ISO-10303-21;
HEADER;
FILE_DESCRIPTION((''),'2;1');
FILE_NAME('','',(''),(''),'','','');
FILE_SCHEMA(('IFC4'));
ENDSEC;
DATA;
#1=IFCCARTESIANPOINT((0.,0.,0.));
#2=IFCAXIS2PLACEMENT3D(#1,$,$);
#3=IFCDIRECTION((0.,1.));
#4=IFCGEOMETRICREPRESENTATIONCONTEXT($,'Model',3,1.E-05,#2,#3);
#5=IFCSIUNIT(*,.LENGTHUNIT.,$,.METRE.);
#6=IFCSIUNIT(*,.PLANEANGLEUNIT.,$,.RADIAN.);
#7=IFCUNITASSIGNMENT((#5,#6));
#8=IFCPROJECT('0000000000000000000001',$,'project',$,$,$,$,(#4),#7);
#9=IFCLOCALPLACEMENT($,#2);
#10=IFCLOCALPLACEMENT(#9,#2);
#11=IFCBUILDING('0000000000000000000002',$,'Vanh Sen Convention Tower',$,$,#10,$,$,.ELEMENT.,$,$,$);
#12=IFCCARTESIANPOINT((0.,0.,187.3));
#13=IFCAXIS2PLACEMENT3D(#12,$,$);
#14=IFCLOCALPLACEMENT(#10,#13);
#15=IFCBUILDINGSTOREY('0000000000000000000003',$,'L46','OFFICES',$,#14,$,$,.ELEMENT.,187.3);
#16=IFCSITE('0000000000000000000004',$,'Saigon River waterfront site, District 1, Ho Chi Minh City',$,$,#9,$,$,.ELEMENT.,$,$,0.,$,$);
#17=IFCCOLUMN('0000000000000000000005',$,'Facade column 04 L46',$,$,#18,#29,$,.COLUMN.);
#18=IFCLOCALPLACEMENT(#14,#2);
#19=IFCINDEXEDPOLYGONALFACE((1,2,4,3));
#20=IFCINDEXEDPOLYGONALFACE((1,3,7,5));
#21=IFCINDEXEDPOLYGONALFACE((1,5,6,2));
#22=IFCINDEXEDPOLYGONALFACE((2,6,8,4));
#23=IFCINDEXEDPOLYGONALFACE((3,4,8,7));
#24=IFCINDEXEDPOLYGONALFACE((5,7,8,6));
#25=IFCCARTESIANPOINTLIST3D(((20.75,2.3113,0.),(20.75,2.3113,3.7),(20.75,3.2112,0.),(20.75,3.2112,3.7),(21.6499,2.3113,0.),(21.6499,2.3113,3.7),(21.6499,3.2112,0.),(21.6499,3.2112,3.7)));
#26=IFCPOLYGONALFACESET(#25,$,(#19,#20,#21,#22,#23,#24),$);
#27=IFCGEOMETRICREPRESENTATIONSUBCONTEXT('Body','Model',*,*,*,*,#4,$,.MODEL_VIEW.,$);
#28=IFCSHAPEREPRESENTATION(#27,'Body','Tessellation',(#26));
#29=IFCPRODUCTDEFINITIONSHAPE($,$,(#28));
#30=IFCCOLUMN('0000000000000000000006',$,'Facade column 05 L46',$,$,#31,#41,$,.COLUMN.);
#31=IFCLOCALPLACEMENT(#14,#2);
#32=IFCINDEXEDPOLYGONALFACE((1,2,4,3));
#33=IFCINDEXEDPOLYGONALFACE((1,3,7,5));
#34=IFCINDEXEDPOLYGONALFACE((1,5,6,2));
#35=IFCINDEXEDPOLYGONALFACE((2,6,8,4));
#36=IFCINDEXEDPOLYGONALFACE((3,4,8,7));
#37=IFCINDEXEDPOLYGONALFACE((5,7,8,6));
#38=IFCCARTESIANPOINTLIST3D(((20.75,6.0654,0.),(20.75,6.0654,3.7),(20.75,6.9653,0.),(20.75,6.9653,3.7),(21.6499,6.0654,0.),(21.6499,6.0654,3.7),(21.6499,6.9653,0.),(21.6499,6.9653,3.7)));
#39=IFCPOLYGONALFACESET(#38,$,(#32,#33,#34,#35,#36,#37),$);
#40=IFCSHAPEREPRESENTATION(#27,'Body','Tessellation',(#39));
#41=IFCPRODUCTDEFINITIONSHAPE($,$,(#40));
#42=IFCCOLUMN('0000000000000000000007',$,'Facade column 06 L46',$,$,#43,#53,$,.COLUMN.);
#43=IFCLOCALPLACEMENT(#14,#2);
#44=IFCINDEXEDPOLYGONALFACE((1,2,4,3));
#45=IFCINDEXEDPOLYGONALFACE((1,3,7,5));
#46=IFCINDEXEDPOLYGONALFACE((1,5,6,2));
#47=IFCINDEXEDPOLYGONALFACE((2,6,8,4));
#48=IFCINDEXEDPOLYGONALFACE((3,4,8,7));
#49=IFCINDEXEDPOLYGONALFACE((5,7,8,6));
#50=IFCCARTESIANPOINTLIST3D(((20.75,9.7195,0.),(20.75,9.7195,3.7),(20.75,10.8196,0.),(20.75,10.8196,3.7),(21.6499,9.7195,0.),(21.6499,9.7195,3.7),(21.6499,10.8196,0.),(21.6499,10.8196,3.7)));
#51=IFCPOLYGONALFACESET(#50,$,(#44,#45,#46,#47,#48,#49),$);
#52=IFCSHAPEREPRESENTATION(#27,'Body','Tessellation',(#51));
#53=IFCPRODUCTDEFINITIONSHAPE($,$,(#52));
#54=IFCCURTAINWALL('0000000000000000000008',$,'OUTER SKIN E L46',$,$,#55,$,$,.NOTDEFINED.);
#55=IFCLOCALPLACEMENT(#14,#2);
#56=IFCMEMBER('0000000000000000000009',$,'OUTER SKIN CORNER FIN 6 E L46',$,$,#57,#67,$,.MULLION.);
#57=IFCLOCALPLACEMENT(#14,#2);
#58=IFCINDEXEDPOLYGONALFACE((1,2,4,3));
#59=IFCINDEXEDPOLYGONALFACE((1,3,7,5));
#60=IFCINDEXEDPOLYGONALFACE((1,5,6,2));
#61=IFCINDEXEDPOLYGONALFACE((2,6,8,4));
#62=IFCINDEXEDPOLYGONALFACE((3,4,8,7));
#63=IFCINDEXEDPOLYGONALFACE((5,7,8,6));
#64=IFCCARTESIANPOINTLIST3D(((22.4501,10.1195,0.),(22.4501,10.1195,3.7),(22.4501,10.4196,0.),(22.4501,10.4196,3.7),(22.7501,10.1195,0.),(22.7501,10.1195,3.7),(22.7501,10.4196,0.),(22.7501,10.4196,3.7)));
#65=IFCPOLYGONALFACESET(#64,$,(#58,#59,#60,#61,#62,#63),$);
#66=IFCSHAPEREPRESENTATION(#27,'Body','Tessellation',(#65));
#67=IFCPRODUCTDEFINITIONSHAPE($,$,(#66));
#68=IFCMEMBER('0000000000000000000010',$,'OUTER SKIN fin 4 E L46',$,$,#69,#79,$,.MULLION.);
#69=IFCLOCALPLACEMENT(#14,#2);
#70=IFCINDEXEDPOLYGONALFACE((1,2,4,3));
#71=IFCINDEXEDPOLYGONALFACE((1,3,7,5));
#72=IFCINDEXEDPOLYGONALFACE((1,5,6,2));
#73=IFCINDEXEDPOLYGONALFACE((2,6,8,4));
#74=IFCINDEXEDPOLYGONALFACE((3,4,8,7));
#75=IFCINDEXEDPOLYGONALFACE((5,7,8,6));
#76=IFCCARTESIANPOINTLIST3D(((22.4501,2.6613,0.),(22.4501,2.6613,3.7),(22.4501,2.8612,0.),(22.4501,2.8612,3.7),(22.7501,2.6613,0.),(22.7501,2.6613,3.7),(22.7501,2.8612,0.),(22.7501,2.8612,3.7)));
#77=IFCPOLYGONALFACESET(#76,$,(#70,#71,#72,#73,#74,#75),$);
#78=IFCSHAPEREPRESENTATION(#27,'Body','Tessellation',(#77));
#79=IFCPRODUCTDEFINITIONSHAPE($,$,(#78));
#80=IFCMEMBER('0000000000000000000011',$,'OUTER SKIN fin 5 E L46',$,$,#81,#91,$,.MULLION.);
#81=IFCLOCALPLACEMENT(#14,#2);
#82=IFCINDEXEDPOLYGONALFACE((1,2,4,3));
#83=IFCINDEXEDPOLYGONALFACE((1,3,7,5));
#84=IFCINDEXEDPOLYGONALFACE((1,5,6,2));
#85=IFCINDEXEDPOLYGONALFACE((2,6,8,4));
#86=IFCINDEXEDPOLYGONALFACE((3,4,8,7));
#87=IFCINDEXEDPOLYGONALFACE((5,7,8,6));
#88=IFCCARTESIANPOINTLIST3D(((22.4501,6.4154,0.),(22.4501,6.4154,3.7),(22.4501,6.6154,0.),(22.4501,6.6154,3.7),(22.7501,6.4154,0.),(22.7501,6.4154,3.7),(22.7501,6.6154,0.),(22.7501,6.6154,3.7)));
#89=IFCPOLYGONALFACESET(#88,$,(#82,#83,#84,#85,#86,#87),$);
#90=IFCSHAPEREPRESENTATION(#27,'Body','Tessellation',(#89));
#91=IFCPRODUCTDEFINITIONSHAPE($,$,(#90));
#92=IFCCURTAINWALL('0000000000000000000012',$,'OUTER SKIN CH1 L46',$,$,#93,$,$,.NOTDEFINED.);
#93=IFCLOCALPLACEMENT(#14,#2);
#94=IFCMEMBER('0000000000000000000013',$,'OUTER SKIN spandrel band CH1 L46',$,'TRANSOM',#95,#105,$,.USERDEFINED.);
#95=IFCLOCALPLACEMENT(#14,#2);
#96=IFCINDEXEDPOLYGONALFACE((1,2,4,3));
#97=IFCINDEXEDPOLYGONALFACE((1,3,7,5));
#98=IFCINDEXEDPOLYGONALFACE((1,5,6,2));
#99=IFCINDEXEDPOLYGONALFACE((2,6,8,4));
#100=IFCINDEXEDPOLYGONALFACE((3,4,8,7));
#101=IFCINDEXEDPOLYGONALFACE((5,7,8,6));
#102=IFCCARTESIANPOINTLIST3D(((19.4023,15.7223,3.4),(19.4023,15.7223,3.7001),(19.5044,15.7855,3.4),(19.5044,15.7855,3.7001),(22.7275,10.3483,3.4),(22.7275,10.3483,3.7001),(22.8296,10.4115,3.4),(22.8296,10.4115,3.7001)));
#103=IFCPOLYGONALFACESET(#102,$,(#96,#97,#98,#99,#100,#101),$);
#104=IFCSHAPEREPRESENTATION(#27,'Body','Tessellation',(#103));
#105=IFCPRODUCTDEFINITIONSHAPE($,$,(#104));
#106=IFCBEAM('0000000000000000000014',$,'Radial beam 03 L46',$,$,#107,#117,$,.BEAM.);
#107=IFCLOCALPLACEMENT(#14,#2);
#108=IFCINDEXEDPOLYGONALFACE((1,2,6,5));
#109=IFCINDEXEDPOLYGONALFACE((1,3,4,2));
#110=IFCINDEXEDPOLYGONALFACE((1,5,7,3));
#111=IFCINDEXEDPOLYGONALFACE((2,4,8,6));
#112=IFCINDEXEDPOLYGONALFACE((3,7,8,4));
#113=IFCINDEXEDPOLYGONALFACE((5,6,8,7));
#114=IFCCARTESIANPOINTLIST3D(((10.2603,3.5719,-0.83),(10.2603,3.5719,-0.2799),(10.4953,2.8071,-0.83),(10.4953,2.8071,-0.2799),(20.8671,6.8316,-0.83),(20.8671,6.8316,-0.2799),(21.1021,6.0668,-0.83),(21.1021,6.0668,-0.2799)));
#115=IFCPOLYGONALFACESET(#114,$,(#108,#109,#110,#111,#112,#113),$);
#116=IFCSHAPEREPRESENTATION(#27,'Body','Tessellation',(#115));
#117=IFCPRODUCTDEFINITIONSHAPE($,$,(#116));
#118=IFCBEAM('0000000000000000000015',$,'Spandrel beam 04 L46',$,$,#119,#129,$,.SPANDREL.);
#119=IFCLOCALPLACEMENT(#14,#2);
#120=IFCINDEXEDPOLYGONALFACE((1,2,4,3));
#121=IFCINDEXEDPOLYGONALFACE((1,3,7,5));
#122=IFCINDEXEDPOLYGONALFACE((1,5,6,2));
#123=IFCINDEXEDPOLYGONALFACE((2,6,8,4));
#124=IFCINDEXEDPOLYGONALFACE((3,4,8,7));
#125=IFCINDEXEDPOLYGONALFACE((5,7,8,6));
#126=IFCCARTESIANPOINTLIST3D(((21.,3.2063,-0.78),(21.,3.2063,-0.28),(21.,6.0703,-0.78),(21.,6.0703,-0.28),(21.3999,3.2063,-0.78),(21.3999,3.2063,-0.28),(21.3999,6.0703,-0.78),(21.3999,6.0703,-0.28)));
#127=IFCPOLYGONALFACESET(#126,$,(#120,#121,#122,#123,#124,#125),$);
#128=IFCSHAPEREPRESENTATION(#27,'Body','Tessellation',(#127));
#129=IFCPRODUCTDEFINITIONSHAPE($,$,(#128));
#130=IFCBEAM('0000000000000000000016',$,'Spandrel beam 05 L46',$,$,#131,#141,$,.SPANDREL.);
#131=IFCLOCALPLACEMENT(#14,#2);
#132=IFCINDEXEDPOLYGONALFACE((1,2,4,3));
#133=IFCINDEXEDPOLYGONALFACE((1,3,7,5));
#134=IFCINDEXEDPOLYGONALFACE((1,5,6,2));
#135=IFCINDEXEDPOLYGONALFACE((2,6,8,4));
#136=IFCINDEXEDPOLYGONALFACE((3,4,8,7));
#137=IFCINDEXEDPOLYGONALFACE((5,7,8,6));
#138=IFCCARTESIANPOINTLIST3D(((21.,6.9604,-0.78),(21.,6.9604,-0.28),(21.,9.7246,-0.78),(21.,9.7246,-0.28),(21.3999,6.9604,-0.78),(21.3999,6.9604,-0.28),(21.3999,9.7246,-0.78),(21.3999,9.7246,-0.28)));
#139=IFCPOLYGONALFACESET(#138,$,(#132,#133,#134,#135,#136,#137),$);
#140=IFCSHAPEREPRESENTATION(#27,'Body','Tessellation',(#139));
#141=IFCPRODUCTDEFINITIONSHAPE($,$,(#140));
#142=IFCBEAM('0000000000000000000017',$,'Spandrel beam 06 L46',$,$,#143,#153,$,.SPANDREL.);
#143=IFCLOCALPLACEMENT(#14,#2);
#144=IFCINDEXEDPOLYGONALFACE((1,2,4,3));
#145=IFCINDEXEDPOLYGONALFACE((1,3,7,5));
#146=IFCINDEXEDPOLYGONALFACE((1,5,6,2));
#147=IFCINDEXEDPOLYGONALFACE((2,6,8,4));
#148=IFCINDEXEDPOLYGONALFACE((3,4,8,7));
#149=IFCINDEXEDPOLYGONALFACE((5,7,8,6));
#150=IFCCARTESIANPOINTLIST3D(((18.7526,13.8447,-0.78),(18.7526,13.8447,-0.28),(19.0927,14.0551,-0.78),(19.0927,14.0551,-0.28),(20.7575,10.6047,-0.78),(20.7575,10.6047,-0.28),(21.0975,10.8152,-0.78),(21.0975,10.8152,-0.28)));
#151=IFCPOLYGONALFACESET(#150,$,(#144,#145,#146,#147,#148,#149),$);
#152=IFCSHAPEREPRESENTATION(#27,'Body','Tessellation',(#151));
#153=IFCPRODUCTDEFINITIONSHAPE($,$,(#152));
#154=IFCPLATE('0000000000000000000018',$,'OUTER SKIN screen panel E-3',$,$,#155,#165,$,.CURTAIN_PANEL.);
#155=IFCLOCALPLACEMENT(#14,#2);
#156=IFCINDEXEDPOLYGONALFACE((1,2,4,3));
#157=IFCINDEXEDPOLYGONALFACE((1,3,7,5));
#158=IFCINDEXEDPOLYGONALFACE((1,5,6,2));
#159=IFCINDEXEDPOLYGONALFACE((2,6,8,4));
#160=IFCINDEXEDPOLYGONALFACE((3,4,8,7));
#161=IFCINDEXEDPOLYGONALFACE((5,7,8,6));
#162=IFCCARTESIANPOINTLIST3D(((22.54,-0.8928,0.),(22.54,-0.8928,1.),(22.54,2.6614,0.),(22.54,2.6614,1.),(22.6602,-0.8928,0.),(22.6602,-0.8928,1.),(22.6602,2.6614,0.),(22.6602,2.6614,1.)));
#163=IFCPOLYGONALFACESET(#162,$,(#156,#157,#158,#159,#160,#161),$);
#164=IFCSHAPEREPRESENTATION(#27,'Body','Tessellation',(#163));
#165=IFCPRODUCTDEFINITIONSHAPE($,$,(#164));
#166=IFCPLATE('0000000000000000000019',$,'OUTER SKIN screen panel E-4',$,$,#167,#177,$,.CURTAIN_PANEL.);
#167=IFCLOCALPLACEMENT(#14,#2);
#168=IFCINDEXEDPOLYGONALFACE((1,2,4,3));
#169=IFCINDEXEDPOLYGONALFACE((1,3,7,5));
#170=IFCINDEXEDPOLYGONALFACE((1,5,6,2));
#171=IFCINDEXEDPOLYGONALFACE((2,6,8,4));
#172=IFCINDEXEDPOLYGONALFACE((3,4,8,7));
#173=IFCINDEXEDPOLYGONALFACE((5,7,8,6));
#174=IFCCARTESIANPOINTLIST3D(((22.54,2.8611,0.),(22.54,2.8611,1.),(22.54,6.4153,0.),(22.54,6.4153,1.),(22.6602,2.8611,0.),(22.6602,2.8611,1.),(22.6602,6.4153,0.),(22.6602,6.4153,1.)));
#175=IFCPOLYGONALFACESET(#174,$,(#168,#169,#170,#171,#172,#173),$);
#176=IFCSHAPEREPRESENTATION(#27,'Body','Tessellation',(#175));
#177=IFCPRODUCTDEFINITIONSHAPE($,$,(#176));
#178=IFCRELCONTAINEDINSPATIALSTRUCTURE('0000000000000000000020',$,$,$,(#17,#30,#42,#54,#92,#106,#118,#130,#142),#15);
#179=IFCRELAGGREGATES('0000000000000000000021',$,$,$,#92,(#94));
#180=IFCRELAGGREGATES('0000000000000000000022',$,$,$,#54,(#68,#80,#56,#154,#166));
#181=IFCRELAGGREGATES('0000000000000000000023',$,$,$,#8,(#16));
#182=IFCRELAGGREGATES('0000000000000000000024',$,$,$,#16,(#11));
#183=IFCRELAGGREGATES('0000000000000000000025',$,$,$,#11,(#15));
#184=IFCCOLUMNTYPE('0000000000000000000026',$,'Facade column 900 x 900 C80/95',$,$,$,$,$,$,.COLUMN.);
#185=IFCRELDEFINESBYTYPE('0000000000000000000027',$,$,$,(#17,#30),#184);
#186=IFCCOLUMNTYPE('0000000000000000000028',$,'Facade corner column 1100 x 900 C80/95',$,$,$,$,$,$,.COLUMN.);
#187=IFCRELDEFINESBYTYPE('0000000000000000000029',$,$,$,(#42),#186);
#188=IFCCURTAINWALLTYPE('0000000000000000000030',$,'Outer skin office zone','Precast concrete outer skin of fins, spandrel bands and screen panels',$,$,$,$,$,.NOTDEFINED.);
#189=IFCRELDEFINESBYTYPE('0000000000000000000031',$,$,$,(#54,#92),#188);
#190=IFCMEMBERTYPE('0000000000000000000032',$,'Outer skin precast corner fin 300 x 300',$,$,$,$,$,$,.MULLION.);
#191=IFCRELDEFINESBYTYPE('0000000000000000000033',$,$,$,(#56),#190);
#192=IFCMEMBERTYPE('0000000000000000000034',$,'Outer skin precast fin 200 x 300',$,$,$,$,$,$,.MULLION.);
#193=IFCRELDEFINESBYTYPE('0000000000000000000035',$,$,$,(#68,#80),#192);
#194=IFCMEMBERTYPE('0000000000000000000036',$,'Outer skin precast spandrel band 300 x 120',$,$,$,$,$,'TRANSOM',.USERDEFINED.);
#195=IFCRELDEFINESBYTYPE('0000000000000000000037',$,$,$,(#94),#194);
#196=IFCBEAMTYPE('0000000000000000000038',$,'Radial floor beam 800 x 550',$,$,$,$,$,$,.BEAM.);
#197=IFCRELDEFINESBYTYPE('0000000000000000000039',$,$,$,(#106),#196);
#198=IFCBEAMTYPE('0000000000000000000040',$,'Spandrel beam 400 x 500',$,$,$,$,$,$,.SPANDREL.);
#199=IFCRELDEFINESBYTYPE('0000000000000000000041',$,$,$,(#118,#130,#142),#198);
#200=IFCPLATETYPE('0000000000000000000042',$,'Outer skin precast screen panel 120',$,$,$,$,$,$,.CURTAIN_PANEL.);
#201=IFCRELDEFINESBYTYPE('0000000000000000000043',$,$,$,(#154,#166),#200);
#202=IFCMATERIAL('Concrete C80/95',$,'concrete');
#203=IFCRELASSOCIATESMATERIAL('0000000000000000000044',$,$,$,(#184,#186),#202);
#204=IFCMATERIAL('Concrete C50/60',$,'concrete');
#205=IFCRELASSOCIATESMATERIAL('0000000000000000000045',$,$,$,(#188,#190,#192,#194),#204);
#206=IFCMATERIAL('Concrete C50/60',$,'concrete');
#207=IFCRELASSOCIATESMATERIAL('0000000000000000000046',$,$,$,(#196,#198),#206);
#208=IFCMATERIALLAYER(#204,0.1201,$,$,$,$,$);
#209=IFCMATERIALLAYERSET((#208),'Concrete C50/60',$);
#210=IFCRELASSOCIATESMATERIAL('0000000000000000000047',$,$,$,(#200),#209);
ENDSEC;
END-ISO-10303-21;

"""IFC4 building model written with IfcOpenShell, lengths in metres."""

from ifc_helpers import new_model, si_unit, direction, frame, origin, origin_2d, place, context, subcontext, project, spatial, rectangle, extrude, material, layer, layer_set, material_profile, profile_set, type_object, element, aggregate, save


model = new_model("IFC4")

# Units and contexts
model_context = context("Model", 3, precision=1e-05, world=origin(), true_north=direction((0.0, 1.0)))
body_context = subcontext(model_context, "Body", "Model", "MODEL_VIEW")
ifc_project = project(units=[si_unit("LENGTHUNIT", "METRE"), si_unit("PLANEANGLEUNIT", "RADIAN")], contexts=[model_context])

# Site, building, storey
site_placement = place(None, origin())
site = spatial("IfcSite", under=ifc_project, at=site_placement, Name="Saigon River waterfront site, District 1, Ho Chi Minh City", CompositionType="ELEMENT", RefElevation=0.0)
building_placement = place(site_placement, origin())
building = spatial("IfcBuilding", under=site, at=building_placement, Name="Vanh Sen Convention Tower", CompositionType="ELEMENT")
storey_placement = place(building_placement, frame((0.0, 0.0, 187.3)))
storey = spatial("IfcBuildingStorey", under=building, at=storey_placement, Name="L46", Description="OFFICES", CompositionType="ELEMENT", Elevation=187.3)

# Columns
ifc_material_1 = material(Name="Concrete C80/95", Category="concrete")
ifc_material_profile_1 = material_profile(ifc_material_1, rectangle(XDim=0.8999, YDim=0.8999, at=origin_2d()), Name="RC 900X900")
ifc_profile_set_1 = profile_set([ifc_material_profile_1], Name="Concrete C80/95")
column_type_1 = type_object("IfcColumnType", Name="Facade column 900 x 900 C80/95", PredefinedType="COLUMN", material=ifc_profile_set_1)
for number, where, z_axis, x_axis, name in (
    (1, (21.2, 2.7612, 0.0), (0.0, 0.0, 1.0), (0.0, 1.0, 0.0), "Facade column 04 L46"),
    (2, (21.2, 6.5154, 0.0), (0.0, 0.0, 1.0), (0.0, 1.0, 0.0), "Facade column 05 L46"),
):
    element("IfcColumn", number, at=place(storey_placement, frame(where, z_axis=z_axis, x_axis=x_axis)), inside=storey, type_object=column_type_1, Name=name, PredefinedType="COLUMN", context=body_context, shape_type="SweptSolid", body=[
        extrude(rectangle(XDim=0.8999, YDim=0.8999, at=origin_2d()), origin(), (0.0, 0.0, 1.0), 3.7),
    ])
ifc_material_profile_2 = material_profile(ifc_material_1, rectangle(XDim=1.1001, YDim=0.8999, at=origin_2d()), Name="RC 1100X900")
ifc_profile_set_2 = profile_set([ifc_material_profile_2], Name="Concrete C80/95")
column_type_2 = type_object("IfcColumnType", Name="Facade corner column 1100 x 900 C80/95", PredefinedType="COLUMN", material=ifc_profile_set_2)
column_placement = place(storey_placement, frame((21.2, 10.2695, 0.0), z_axis=(0.0, 0.0, 1.0), x_axis=(0.0, 1.0, 0.0)))
element("IfcColumn", 3, at=column_placement, inside=storey, type_object=column_type_2, Name="Facade column 06 L46", PredefinedType="COLUMN", context=body_context, shape_type="SweptSolid", body=[
    extrude(rectangle(XDim=1.1001, YDim=0.8999, at=origin_2d()), origin(), (0.0, 0.0, 1.0), 3.7),
])

# Curtain wall, members
ifc_material_2 = material(Name="Concrete C50/60", Category="concrete")
curtain_wall_type = type_object("IfcCurtainWallType", Name="Outer skin office zone", Description="Precast concrete outer skin of fins, spandrel bands and screen panels", PredefinedType="NOTDEFINED", material=ifc_material_2)
curtain_wall_1_placement = place(storey_placement, origin())
curtain_wall_1 = element("IfcCurtainWall", 4, at=curtain_wall_1_placement, inside=storey, type_object=curtain_wall_type, Name="OUTER SKIN E L46", PredefinedType="NOTDEFINED")
ifc_material_profile_3 = material_profile(ifc_material_2, rectangle(XDim=0.3, YDim=0.3, at=origin_2d()), Name="Outer skin precast corner fin 300 x 300")
ifc_profile_set_3 = profile_set([ifc_material_profile_3], Name="Concrete C50/60")
member_type_1 = type_object("IfcMemberType", Name="Outer skin precast corner fin 300 x 300", PredefinedType="MULLION", material=ifc_profile_set_3)
member_1_placement = place(storey_placement, frame((22.6001, 10.2695, 0.0), z_axis=(0.0, 0.0, 1.0), x_axis=(0.0, 1.0, 0.0)))
member_1 = element("IfcMember", 5, at=member_1_placement, type_object=member_type_1, Name="OUTER SKIN CORNER FIN 6 E L46", PredefinedType="MULLION", context=body_context, shape_type="SweptSolid", body=[
    extrude(rectangle(XDim=0.3, YDim=0.3, at=origin_2d()), origin(), (0.0, 0.0, 1.0), 3.7),
])
ifc_material_profile_4 = material_profile(ifc_material_2, rectangle(XDim=0.2, YDim=0.3, at=origin_2d()), Name="Outer skin precast fin 200 x 300")
ifc_profile_set_4 = profile_set([ifc_material_profile_4], Name="Concrete C50/60")
member_type_2 = type_object("IfcMemberType", Name="Outer skin precast fin 200 x 300", PredefinedType="MULLION", material=ifc_profile_set_4)
member_2_placement = place(storey_placement, frame((22.6001, 2.7612, 0.0), z_axis=(0.0, 0.0, 1.0), x_axis=(0.0, 1.0, 0.0)))
member_2 = element("IfcMember", 6, at=member_2_placement, type_object=member_type_2, Name="OUTER SKIN fin 4 E L46", PredefinedType="MULLION", context=body_context, shape_type="SweptSolid", body=[
    extrude(rectangle(XDim=0.2, YDim=0.3, at=origin_2d()), origin(), (0.0, 0.0, 1.0), 3.7),
])
member_3_placement = place(storey_placement, frame((22.6001, 6.5154, 0.0), z_axis=(0.0, 0.0, 1.0), x_axis=(0.0, 1.0, 0.0)))
member_3 = element("IfcMember", 7, at=member_3_placement, type_object=member_type_2, Name="OUTER SKIN fin 5 E L46", PredefinedType="MULLION", context=body_context, shape_type="SweptSolid", body=[
    extrude(rectangle(XDim=0.2, YDim=0.3, at=origin_2d()), origin(), (0.0, 0.0, 1.0), 3.7),
])

# Curtain wall, member
curtain_wall_2_placement = place(storey_placement, origin())
curtain_wall_2 = element("IfcCurtainWall", 8, at=curtain_wall_2_placement, inside=storey, type_object=curtain_wall_type, Name="OUTER SKIN CH1 L46", PredefinedType="NOTDEFINED")
ifc_material_profile_5 = material_profile(ifc_material_2, rectangle(XDim=0.1201, YDim=0.3, at=origin_2d()), Name="Outer skin precast spandrel band 300 x 120")
ifc_profile_set_5 = profile_set([ifc_material_profile_5], Name="Concrete C50/60")
member_type_3 = type_object("IfcMemberType", Name="Outer skin precast spandrel band 300 x 120", ElementType="TRANSOM", PredefinedType="USERDEFINED", material=ifc_profile_set_5)
member_4_placement = place(storey_placement, frame((22.7786, 10.3799, 3.55), z_axis=(-0.526174, 0.850377, 0.0), x_axis=(-0.850377, -0.526174, 0.0)))
member_4 = element("IfcMember", 9, at=member_4_placement, type_object=member_type_3, Name="OUTER SKIN spandrel band CH1 L46", ObjectType="TRANSOM", PredefinedType="USERDEFINED", context=body_context, shape_type="SweptSolid", body=[
    extrude(rectangle(XDim=0.1201, YDim=0.3, at=origin_2d()), origin(), (0.0, 0.0, 1.0), 6.3196),
])
aggregate(curtain_wall_2, [member_4])

# Beams
ifc_material_3 = material(Name="Concrete C50/60", Category="concrete")
ifc_material_profile_6 = material_profile(ifc_material_3, rectangle(XDim=0.8, YDim=0.55, at=origin_2d()), Name="RC 800X550")
ifc_profile_set_6 = profile_set([ifc_material_profile_6], Name="Concrete C50/60")
beam_type_1 = type_object("IfcBeamType", Name="Radial floor beam 800 x 550", PredefinedType="BEAM", material=ifc_profile_set_6)
beam_1_placement = place(storey_placement, frame((20.9846, 6.4492, -0.5549), z_axis=(-0.955878, -0.293764, 0.0), x_axis=(0.293764, -0.955878, 0.0)))
element("IfcBeam", 10, at=beam_1_placement, inside=storey, type_object=beam_type_1, Name="Radial beam 03 L46", PredefinedType="BEAM", context=body_context, shape_type="SweptSolid", body=[
    extrude(rectangle(XDim=0.8, YDim=0.55, at=origin_2d()), origin(), (0.0, 0.0, 1.0), 11.0964),
])
ifc_material_profile_7 = material_profile(ifc_material_3, rectangle(XDim=0.3999, YDim=0.5, at=origin_2d()), Name="RC 400X500")
ifc_profile_set_7 = profile_set([ifc_material_profile_7], Name="Concrete C50/60")
beam_type_2 = type_object("IfcBeamType", Name="Spandrel beam 400 x 500", PredefinedType="SPANDREL", material=ifc_profile_set_7)
beam_2_placement = place(storey_placement, frame((21.2, 3.2063, -0.53), z_axis=(0.0, 1.0, 0.0), x_axis=(-1.0, 0.0, 0.0)))
element("IfcBeam", 11, at=beam_2_placement, inside=storey, type_object=beam_type_2, Name="Spandrel beam 04 L46", PredefinedType="SPANDREL", context=body_context, shape_type="SweptSolid", body=[
    extrude(rectangle(XDim=0.3999, YDim=0.5, at=origin_2d()), origin(), (0.0, 0.0, 1.0), 2.864),
])
beam_3_placement = place(storey_placement, frame((21.2, 6.9604, -0.53), z_axis=(0.0, 1.0, 0.0), x_axis=(-1.0, 0.0, 0.0)))
element("IfcBeam", 12, at=beam_3_placement, inside=storey, type_object=beam_type_2, Name="Spandrel beam 05 L46", PredefinedType="SPANDREL", context=body_context, shape_type="SweptSolid", body=[
    extrude(rectangle(XDim=0.3999, YDim=0.5, at=origin_2d()), origin(), (0.0, 0.0, 1.0), 2.7642),
])
beam_4_placement = place(storey_placement, frame((20.9275, 10.71, -0.53), z_axis=(-0.526198, 0.850362, 0.0), x_axis=(-0.850362, -0.526198, 0.0)))
element("IfcBeam", 13, at=beam_4_placement, inside=storey, type_object=beam_type_2, Name="Spandrel beam 06 L46", PredefinedType="SPANDREL", context=body_context, shape_type="SweptSolid", body=[
    extrude(rectangle(XDim=0.3999, YDim=0.5, at=origin_2d()), origin(), (0.0, 0.0, 1.0), 3.8101),
])

# Plates
ifc_layer_1 = layer(ifc_material_2, 0.1201)
ifc_layer_set_1 = layer_set([ifc_layer_1], Name="Concrete C50/60")
plate_type = type_object("IfcPlateType", Name="Outer skin precast screen panel 120", PredefinedType="CURTAIN_PANEL", material=ifc_layer_set_1)
plate_1_placement = place(storey_placement, frame((22.6001, 0.8843, 0.0), z_axis=(0.0, 0.0, 1.0), x_axis=(0.0, 1.0, 0.0)))
plate_1 = element("IfcPlate", 14, at=plate_1_placement, type_object=plate_type, Name="OUTER SKIN screen panel E-3", PredefinedType="CURTAIN_PANEL", context=body_context, shape_type="SweptSolid", body=[
    extrude(rectangle(XDim=3.5542, YDim=0.1201, at=origin_2d()), origin(), (0.0, 0.0, 1.0), 1.0),
])
plate_2_placement = place(storey_placement, frame((22.6001, 4.6382, 0.0), z_axis=(0.0, 0.0, 1.0), x_axis=(0.0, 1.0, 0.0)))
plate_2 = element("IfcPlate", 15, at=plate_2_placement, type_object=plate_type, Name="OUTER SKIN screen panel E-4", PredefinedType="CURTAIN_PANEL", context=body_context, shape_type="SweptSolid", body=[
    extrude(rectangle(XDim=3.5542, YDim=0.1201, at=origin_2d()), origin(), (0.0, 0.0, 1.0), 1.0),
])
aggregate(curtain_wall_1, [member_2, member_3, member_1, plate_1, plate_2])

save(model, "model.ifc")
